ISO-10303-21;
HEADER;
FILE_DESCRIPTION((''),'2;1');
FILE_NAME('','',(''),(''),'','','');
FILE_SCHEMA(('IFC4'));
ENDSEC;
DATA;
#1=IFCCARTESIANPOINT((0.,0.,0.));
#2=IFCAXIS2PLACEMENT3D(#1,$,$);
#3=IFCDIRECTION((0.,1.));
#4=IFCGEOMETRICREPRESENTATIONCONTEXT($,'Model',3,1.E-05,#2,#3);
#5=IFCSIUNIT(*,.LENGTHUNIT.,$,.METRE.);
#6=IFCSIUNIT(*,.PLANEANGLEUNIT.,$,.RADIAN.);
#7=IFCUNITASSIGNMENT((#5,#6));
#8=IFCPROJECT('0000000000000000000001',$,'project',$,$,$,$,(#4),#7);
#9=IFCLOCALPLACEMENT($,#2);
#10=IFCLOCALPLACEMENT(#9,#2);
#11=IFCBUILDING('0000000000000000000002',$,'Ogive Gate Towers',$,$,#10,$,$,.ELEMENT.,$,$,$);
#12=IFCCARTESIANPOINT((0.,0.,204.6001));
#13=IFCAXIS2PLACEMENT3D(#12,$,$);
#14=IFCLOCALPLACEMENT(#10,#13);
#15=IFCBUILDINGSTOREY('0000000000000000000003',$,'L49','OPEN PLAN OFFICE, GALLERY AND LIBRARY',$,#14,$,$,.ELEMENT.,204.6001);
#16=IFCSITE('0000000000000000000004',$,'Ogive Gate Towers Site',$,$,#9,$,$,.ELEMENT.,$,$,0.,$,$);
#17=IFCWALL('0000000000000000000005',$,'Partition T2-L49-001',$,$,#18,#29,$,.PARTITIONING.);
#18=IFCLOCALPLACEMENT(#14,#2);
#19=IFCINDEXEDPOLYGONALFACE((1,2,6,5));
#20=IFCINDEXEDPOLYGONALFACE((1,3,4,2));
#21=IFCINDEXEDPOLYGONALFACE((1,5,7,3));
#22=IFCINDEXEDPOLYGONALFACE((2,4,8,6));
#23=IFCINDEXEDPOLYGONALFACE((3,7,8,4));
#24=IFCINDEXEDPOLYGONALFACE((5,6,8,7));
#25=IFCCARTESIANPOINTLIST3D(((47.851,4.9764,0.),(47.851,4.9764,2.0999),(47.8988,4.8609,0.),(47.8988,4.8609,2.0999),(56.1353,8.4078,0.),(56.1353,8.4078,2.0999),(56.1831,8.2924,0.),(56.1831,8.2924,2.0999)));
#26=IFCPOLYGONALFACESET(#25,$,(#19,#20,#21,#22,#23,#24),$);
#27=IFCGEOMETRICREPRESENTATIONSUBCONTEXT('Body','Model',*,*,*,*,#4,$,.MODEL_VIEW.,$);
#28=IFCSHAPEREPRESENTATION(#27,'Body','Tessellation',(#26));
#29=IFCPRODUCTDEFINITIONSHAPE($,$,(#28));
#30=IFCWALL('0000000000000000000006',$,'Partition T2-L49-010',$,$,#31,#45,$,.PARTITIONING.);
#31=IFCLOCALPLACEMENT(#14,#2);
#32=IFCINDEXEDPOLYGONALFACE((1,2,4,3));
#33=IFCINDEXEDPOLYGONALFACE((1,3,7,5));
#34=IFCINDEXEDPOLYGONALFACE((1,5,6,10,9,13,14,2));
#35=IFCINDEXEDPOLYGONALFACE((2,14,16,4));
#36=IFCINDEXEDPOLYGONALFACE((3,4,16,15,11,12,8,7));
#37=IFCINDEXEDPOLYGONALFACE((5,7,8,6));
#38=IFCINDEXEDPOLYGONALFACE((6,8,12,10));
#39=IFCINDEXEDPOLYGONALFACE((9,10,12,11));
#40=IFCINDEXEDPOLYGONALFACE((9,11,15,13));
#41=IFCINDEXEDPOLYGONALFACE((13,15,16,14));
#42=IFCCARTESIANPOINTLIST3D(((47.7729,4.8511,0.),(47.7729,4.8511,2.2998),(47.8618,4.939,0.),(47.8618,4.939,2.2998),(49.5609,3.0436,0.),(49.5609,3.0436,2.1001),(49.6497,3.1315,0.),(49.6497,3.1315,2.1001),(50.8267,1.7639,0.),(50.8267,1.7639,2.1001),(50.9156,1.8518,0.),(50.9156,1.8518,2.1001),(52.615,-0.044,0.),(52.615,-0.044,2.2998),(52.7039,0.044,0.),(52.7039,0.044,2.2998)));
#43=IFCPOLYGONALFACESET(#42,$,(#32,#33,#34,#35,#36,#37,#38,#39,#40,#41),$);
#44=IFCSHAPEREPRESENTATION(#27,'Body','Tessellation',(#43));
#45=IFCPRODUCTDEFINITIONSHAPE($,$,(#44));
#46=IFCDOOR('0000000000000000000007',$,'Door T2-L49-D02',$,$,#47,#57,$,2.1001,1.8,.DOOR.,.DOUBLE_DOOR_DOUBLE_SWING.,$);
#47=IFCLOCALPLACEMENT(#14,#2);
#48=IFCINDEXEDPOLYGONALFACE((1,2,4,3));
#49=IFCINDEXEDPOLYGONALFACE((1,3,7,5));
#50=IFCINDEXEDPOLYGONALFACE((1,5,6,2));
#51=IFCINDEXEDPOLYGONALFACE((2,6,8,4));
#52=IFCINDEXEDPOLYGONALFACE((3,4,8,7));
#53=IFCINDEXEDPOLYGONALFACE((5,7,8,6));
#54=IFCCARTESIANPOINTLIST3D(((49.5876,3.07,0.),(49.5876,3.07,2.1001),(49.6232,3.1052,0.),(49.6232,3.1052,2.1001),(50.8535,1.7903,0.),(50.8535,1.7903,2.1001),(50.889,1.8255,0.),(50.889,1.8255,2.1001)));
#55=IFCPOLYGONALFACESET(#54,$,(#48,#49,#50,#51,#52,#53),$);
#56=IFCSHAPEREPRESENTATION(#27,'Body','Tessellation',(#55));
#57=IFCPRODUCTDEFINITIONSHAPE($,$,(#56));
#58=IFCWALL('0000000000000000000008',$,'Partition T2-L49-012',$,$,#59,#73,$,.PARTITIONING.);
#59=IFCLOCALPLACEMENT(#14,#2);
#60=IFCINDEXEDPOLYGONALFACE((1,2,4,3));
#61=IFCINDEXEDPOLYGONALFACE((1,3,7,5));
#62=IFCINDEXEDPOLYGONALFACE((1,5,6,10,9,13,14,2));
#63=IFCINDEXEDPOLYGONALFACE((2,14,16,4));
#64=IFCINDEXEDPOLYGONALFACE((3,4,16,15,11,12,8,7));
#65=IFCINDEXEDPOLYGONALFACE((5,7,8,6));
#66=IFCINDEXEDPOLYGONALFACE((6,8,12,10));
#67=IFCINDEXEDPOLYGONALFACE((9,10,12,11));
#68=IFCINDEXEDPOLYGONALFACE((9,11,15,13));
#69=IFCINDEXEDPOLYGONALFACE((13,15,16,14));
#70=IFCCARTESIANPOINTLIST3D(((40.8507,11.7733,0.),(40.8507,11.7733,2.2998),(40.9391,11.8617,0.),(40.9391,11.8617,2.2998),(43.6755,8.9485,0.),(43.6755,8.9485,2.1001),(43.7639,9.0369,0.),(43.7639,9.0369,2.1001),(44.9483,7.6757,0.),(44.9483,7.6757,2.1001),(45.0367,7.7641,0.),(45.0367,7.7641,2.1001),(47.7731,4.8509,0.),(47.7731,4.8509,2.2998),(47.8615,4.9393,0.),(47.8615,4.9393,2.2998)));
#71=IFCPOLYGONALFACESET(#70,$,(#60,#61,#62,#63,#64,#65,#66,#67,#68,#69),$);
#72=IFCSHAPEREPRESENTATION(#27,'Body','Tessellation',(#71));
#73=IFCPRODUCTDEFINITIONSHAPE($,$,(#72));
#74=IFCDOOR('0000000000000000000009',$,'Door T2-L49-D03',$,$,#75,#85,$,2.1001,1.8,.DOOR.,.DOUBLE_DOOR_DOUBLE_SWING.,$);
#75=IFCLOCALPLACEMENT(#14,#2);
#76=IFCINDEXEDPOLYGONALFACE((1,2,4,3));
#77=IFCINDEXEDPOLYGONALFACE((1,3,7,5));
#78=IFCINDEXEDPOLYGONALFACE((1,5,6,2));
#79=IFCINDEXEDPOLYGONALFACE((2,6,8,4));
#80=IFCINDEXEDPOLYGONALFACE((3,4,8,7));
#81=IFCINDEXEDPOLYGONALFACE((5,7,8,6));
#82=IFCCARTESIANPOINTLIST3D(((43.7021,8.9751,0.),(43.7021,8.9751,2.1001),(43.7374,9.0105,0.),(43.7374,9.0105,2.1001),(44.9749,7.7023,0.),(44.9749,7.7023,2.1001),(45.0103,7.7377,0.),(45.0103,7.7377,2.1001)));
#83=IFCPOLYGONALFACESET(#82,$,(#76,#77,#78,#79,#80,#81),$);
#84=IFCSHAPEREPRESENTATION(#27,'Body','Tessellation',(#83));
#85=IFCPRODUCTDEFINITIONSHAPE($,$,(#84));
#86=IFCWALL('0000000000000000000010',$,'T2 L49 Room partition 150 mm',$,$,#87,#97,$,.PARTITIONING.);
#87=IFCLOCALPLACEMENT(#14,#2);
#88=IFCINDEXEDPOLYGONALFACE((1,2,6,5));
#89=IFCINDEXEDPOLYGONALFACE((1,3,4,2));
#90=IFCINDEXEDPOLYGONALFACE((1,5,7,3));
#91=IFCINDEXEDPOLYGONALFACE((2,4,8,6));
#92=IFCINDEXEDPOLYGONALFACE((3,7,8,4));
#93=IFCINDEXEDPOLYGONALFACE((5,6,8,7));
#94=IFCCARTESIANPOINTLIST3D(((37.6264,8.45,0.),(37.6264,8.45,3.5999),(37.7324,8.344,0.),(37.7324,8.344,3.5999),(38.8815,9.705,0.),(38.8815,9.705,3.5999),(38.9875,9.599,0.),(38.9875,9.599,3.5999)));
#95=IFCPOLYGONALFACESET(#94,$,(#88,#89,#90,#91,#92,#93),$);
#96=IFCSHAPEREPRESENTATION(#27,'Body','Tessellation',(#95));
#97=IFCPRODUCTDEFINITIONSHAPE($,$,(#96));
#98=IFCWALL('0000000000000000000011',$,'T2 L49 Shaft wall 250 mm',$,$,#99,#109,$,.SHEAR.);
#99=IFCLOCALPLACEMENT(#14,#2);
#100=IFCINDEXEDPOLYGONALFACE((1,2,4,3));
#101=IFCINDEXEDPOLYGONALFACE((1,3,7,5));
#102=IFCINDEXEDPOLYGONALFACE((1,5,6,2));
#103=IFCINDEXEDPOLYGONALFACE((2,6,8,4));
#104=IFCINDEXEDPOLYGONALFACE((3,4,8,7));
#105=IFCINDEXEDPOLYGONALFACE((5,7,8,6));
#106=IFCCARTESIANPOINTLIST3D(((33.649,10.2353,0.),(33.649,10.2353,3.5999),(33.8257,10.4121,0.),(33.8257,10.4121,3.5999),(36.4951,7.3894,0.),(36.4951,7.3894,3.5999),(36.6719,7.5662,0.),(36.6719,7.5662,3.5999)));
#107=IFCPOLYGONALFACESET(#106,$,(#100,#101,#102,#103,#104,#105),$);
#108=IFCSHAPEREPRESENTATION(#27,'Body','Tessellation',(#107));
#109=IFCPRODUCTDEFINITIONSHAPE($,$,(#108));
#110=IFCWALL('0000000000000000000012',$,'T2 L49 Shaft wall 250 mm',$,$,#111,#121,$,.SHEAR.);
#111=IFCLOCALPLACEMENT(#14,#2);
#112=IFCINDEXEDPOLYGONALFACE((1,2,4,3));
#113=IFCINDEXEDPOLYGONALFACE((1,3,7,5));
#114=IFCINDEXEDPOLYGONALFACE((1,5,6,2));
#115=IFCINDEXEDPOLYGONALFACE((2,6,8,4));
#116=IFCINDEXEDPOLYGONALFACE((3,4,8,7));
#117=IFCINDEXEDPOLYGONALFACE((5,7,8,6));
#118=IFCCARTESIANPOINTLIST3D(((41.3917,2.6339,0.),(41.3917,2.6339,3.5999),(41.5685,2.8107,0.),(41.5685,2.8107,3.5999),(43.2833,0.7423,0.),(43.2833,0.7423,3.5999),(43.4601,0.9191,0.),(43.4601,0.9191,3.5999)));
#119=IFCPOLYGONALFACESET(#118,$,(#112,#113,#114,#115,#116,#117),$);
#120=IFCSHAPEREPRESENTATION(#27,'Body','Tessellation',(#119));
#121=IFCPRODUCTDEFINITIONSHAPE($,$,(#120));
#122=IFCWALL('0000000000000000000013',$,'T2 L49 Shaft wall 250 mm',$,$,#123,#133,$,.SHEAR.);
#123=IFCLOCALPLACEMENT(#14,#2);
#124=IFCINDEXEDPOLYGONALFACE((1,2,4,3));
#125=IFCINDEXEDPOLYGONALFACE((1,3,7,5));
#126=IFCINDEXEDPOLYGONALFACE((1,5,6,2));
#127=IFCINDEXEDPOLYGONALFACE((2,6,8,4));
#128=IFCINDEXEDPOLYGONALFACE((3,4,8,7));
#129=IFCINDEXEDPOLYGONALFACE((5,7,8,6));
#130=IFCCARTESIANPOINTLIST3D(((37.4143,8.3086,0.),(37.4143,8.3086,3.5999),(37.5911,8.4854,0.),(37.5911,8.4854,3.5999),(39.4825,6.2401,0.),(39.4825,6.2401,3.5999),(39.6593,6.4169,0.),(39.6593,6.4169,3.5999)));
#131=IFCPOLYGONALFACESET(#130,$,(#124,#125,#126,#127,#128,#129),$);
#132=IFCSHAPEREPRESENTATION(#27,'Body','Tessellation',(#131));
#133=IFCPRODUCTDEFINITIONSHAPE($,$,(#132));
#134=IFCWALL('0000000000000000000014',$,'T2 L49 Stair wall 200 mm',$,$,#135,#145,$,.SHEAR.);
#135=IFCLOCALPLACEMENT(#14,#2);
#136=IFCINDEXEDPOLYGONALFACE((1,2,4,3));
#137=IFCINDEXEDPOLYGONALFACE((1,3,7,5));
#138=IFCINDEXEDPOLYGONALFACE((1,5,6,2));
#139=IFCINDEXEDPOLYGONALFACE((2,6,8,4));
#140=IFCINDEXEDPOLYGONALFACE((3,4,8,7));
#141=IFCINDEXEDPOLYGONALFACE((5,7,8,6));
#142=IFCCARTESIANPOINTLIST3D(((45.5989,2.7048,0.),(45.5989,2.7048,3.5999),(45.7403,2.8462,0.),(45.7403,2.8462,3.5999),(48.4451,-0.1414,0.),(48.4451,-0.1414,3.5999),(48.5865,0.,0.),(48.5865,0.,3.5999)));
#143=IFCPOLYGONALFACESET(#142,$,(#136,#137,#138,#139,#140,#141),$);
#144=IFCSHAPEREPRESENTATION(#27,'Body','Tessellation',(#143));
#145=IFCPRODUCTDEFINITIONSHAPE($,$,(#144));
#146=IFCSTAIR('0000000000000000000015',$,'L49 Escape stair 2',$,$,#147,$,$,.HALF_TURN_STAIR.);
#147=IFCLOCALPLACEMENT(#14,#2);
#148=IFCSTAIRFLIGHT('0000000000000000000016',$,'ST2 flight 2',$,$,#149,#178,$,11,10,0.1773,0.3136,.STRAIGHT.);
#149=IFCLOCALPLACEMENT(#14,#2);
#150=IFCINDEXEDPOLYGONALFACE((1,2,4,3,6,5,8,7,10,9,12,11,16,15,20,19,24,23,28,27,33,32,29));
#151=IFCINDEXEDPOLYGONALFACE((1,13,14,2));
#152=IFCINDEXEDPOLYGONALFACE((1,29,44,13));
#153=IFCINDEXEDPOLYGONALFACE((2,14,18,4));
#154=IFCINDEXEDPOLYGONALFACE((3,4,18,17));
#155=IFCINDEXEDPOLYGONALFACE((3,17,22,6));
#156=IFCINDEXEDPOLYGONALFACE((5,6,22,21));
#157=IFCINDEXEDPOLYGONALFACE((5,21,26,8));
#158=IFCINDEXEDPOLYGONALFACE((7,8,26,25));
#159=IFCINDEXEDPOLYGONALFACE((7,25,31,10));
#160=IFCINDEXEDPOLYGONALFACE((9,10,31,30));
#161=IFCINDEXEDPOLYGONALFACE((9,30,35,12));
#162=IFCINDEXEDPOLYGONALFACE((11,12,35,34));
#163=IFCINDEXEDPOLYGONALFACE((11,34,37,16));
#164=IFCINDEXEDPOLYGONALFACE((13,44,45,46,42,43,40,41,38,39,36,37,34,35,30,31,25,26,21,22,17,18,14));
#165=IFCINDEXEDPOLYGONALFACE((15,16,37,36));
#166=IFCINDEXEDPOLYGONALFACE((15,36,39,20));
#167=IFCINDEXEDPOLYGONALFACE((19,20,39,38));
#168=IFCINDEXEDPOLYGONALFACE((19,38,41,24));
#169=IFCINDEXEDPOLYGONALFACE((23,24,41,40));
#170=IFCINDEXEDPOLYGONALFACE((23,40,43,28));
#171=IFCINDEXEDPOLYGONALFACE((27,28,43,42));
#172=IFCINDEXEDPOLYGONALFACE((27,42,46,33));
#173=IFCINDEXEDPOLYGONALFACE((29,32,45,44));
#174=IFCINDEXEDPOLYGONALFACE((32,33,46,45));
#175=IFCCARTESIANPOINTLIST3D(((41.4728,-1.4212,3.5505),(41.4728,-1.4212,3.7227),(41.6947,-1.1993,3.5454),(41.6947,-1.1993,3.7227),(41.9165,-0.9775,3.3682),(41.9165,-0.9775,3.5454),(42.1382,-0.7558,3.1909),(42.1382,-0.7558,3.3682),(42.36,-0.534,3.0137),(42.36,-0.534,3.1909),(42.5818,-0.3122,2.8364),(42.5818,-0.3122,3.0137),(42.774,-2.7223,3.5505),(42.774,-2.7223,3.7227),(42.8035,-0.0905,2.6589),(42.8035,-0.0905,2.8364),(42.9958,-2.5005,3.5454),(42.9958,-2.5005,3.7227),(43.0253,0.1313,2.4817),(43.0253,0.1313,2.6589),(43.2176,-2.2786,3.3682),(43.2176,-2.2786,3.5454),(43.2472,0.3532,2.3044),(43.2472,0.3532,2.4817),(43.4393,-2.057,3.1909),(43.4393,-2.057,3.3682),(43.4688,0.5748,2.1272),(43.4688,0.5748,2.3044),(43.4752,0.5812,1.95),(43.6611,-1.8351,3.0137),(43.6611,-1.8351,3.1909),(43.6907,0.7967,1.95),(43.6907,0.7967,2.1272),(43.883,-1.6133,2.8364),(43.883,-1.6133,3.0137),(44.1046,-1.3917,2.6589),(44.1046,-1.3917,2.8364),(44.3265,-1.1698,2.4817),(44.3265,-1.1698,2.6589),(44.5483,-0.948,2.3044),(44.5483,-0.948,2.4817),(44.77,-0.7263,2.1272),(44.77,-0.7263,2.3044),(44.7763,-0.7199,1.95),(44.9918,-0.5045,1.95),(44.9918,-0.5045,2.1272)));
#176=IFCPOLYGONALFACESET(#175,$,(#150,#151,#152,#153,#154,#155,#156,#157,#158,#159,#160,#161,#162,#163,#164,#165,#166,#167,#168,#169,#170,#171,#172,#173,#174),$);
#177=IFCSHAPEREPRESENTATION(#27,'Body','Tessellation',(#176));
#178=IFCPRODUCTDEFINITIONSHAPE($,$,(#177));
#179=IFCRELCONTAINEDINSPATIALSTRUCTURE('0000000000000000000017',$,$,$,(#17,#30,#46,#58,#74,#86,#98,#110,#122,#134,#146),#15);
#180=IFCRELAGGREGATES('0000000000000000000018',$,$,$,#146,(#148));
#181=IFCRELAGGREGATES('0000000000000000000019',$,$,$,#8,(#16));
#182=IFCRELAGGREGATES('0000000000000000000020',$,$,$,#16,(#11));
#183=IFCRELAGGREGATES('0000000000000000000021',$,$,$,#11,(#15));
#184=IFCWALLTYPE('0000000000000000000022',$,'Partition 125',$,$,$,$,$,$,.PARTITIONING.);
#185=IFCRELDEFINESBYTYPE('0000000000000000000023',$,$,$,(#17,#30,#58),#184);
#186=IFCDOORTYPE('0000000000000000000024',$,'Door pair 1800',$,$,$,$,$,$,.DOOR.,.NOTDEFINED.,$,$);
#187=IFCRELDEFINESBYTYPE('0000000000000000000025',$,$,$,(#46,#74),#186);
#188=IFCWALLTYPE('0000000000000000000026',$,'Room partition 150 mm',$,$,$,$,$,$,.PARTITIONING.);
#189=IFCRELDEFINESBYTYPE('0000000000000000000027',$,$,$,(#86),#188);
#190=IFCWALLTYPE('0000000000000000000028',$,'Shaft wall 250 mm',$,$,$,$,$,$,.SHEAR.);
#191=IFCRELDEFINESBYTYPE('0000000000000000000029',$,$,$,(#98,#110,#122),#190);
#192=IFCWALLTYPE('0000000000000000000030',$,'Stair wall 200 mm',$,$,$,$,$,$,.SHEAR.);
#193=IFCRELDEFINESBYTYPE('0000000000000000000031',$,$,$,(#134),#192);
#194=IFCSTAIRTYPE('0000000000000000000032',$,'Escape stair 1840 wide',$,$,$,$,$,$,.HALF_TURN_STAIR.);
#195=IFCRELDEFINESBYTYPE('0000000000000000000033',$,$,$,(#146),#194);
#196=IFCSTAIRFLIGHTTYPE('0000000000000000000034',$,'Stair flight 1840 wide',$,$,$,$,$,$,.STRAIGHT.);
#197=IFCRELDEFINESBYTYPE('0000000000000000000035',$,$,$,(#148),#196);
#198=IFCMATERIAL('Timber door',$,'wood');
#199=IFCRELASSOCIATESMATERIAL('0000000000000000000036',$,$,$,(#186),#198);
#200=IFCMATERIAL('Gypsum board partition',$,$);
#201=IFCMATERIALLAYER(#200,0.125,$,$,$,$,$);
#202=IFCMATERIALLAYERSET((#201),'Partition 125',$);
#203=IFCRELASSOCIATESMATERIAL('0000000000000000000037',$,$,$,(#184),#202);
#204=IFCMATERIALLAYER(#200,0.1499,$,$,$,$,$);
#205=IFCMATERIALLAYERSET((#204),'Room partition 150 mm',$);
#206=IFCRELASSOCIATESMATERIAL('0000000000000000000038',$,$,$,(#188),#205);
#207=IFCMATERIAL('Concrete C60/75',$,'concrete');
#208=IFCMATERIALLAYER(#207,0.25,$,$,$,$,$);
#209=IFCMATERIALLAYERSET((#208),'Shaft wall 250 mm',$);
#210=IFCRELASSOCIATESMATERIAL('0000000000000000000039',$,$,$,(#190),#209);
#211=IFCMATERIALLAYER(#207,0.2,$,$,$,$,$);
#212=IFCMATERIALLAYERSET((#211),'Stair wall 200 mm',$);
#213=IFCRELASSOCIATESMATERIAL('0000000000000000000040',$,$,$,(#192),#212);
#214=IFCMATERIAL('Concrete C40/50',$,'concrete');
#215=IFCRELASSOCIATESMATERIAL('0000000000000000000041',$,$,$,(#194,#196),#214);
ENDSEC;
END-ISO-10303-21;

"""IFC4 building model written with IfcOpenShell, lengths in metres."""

from ifc_helpers import new_model, si_unit, direction, frame, frame_2d, origin, place, context, subcontext, project, spatial, polyline, rectangle, outline, extrude, material, layer, layer_set, type_object, element, fill, aggregate, save


model = new_model("IFC4")

# Units and contexts
model_context = context("Model", 3, precision=1e-05, world=origin(), true_north=direction((0.0, 1.0)))
body_context = subcontext(model_context, "Body", "Model", "MODEL_VIEW")
ifc_project = project(units=[si_unit("LENGTHUNIT", "METRE"), si_unit("PLANEANGLEUNIT", "RADIAN")], contexts=[model_context])

# Site, building, storey
site_placement = place(None, origin())
site = spatial("IfcSite", under=ifc_project, at=site_placement, Name="Ogive Gate Towers Site", CompositionType="ELEMENT", RefElevation=0.0)
building_placement = place(site_placement, origin())
building = spatial("IfcBuilding", under=site, at=building_placement, Name="Ogive Gate Towers", CompositionType="ELEMENT")
storey_placement = place(building_placement, frame((0.0, 0.0, 204.6001)))
storey = spatial("IfcBuildingStorey", under=building, at=storey_placement, Name="L49", Description="OPEN PLAN OFFICE, GALLERY AND LIBRARY", CompositionType="ELEMENT", Elevation=204.6001)

# Shared definitions
ifc_material_1 = material(Name="Concrete C40/50", Category="concrete")

# Shared definitions
ifc_material_2 = material(Name="Timber door", Category="wood")
door_type_1 = type_object("IfcDoorType", Name="Door pair 1800", OperationType="NOTDEFINED", PredefinedType="DOOR", material=ifc_material_2)

# Shared definitions
ifc_material_3 = material(Name="Concrete C60/75", Category="concrete")

# Wall
ifc_material_4 = material(Name="Gypsum board partition")
ifc_layer_1 = layer(ifc_material_4, 0.125)
ifc_layer_set_1 = layer_set([ifc_layer_1], Name="Partition 125")
wall_type_1 = type_object("IfcWallType", Name="Partition 125", PredefinedType="PARTITIONING", material=ifc_layer_set_1)
wall_1_placement = place(storey_placement, frame((56.1592, 8.3501, 0.0), z_axis=(0.0, 0.0, 1.0), x_axis=(-0.92388, -0.382681, 0.0)))
element("IfcWall", 1, at=wall_1_placement, inside=storey, type_object=wall_type_1, Name="Partition T2-L49-001", PredefinedType="PARTITIONING", context=body_context, shape_type="SweptSolid", body=[
    extrude(rectangle(XDim=8.9668, YDim=0.125, at=frame_2d((4.4834, 0.0))), origin(), (0.0, 0.0, 1.0), 2.0999),
])

# Walls, openings, doors
wall_2_placement = place(storey_placement, frame((52.6594, 0.0, 0.0), z_axis=(0.0, 0.0, 1.0), x_axis=(-0.703249, 0.710944, 0.0)))
wall_2 = element("IfcWall", 2, at=wall_2_placement, inside=storey, type_object=wall_type_1, Name="Partition T2-L49-010", PredefinedType="PARTITIONING", context=body_context, shape_type="SweptSolid", body=[
    extrude(rectangle(XDim=6.8853, YDim=0.125, at=frame_2d((3.4426, 0.0))), origin(), (0.0, 0.0, 1.0), 2.2998),
])
opening_1_placement = place(wall_2_placement, frame((2.543, 0.0, 0.0)))
opening_1 = element("IfcOpeningElement", 3, at=opening_1_placement, cuts=wall_2, PredefinedType="OPENING", context=body_context, shape_type="SweptSolid", body=[
    extrude(rectangle(XDim=1.8, YDim=2.1001, at=frame_2d((0.8999, 1.05))), frame((0.0, 0.0725, 0.0), z_axis=(0.0, -1.0, 0.0), x_axis=(1.0, 0.0, 0.0)), (0.0, 0.0, 1.0), 0.145),
])
door_1_placement = place(opening_1_placement, origin())
door_1 = element("IfcDoor", 4, at=door_1_placement, inside=storey, type_object=door_type_1, Name="Door T2-L49-D02", OperationType="DOUBLE_DOOR_DOUBLE_SWING", OverallHeight=2.1001, OverallWidth=1.8, PredefinedType="DOOR", context=body_context, shape_type="SweptSolid", body=[
    extrude(rectangle(XDim=1.8, YDim=2.1001, at=frame_2d((0.8999, 1.05))), frame((0.0, 0.0249, 0.0), z_axis=(0.0, -1.0, 0.0), x_axis=(1.0, 0.0, 0.0)), (0.0, 0.0, 1.0), 0.05),
])
fill(opening_1, door_1)
wall_3_placement = place(storey_placement, frame((47.8174, 4.895, 0.0), z_axis=(0.0, 0.0, 1.0), x_axis=(-0.707107, 0.707107, 0.0)))
wall_3 = element("IfcWall", 5, at=wall_3_placement, inside=storey, type_object=wall_type_1, Name="Partition T2-L49-012", PredefinedType="PARTITIONING", context=body_context, shape_type="SweptSolid", body=[
    extrude(rectangle(XDim=9.7898, YDim=0.125, at=frame_2d((4.895, 0.0))), origin(), (0.0, 0.0, 1.0), 2.2998),
])
opening_2_placement = place(wall_3_placement, frame((3.9951, 0.0, 0.0)))
opening_2 = element("IfcOpeningElement", 6, at=opening_2_placement, cuts=wall_3, PredefinedType="OPENING", context=body_context, shape_type="SweptSolid", body=[
    extrude(rectangle(XDim=1.8, YDim=2.1001, at=frame_2d((0.8999, 1.05))), frame((0.0, 0.0725, 0.0), z_axis=(0.0, -1.0, 0.0), x_axis=(1.0, 0.0, 0.0)), (0.0, 0.0, 1.0), 0.145),
])
door_2_placement = place(opening_2_placement, origin())
door_2 = element("IfcDoor", 7, at=door_2_placement, inside=storey, type_object=door_type_1, Name="Door T2-L49-D03", OperationType="DOUBLE_DOOR_DOUBLE_SWING", OverallHeight=2.1001, OverallWidth=1.8, PredefinedType="DOOR", context=body_context, shape_type="SweptSolid", body=[
    extrude(rectangle(XDim=1.8, YDim=2.1001, at=frame_2d((0.8999, 1.05))), frame((0.0, 0.0249, 0.0), z_axis=(0.0, -1.0, 0.0), x_axis=(1.0, 0.0, 0.0)), (0.0, 0.0, 1.0), 0.05),
])
fill(opening_2, door_2)

# Walls
ifc_layer_2 = layer(ifc_material_4, 0.1499)
ifc_layer_set_2 = layer_set([ifc_layer_2], Name="Room partition 150 mm")
wall_type_2 = type_object("IfcWallType", Name="Room partition 150 mm", PredefinedType="PARTITIONING", material=ifc_layer_set_2)
wall_4_placement = place(storey_placement, frame((37.6794, 8.397, 0.0), z_axis=(0.0, 0.0, 1.0), x_axis=(0.707107, 0.707107, 0.0)))
element("IfcWall", 8, at=wall_4_placement, inside=storey, type_object=wall_type_2, Name="T2 L49 Room partition 150 mm", PredefinedType="PARTITIONING", context=body_context, shape_type="SweptSolid", body=[
    extrude(rectangle(XDim=1.7749, YDim=0.1499, at=frame_2d((0.8875, 0.0))), origin(), (0.0, 0.0, 1.0), 3.5999),
])
ifc_layer_3 = layer(ifc_material_3, 0.25)
ifc_layer_set_3 = layer_set([ifc_layer_3], Name="Shaft wall 250 mm")
wall_type_3 = type_object("IfcWallType", Name="Shaft wall 250 mm", PredefinedType="SHEAR", material=ifc_layer_set_3)
wall_5_placement = place(storey_placement, frame((36.5835, 7.4778, 0.0), z_axis=(0.0, 0.0, 1.0), x_axis=(-0.707137, 0.707076, 0.0)))
element("IfcWall", 9, at=wall_5_placement, inside=storey, type_object=wall_type_3, Name="T2 L49 Shaft wall 250 mm", PredefinedType="SHEAR", context=body_context, shape_type="SweptSolid", body=[
    extrude(rectangle(XDim=4.0249, YDim=0.25, at=frame_2d((2.0125, 0.0))), origin(), (0.0, 0.0, 1.0), 3.5999),
])
wall_6_placement = place(storey_placement, frame((43.3716, 0.8308, 0.0), z_axis=(0.0, 0.0, 1.0), x_axis=(-0.707107, 0.707107, 0.0)))
element("IfcWall", 10, at=wall_6_placement, inside=storey, type_object=wall_type_3, Name="T2 L49 Shaft wall 250 mm", PredefinedType="SHEAR", context=body_context, shape_type="SweptSolid", body=[
    extrude(rectangle(XDim=2.675, YDim=0.25, at=frame_2d((1.3374, 0.0))), origin(), (0.0, 0.0, 1.0), 3.5999),
])
wall_7_placement = place(storey_placement, frame((39.5708, 6.3286, 0.0), z_axis=(0.0, 0.0, 1.0), x_axis=(-0.707065, 0.707149, 0.0)))
element("IfcWall", 11, at=wall_7_placement, inside=storey, type_object=wall_type_3, Name="T2 L49 Shaft wall 250 mm", PredefinedType="SHEAR", context=body_context, shape_type="SweptSolid", body=[
    extrude(rectangle(XDim=2.925, YDim=0.25, at=frame_2d((1.4624, 0.0))), origin(), (0.0, 0.0, 1.0), 3.5999),
])
ifc_layer_4 = layer(ifc_material_3, 0.2)
ifc_layer_set_4 = layer_set([ifc_layer_4], Name="Stair wall 200 mm")
wall_type_4 = type_object("IfcWallType", Name="Stair wall 200 mm", PredefinedType="SHEAR", material=ifc_layer_set_4)
wall_8_placement = place(storey_placement, frame((48.5159, -0.0708, 0.0), z_axis=(0.0, 0.0, 1.0), x_axis=(-0.707107, 0.707107, 0.0)))
element("IfcWall", 12, at=wall_8_placement, inside=storey, type_object=wall_type_4, Name="T2 L49 Stair wall 200 mm", PredefinedType="SHEAR", context=body_context, shape_type="SweptSolid", body=[
    extrude(rectangle(XDim=4.0251, YDim=0.2, at=frame_2d((2.0127, 0.0))), origin(), (0.0, 0.0, 1.0), 3.5999),
])

# Stair, stair flight
stair_type = type_object("IfcStairType", Name="Escape stair 1840 wide", PredefinedType="HALF_TURN_STAIR", material=ifc_material_1)
stair_placement = place(storey_placement, origin())
stair = element("IfcStair", 13, at=stair_placement, inside=storey, type_object=stair_type, Name="L49 Escape stair 2", PredefinedType="HALF_TURN_STAIR")
stair_flight_type = type_object("IfcStairFlightType", Name="Stair flight 1840 wide", PredefinedType="STRAIGHT", material=ifc_material_1)
stair_flight_placement = place(storey_placement, frame((44.3413, 0.146, 1.95), z_axis=(0.0, 0.0, 1.0), x_axis=(-0.707107, -0.707107, 0.0)))
stair_flight = element("IfcStairFlight", 14, at=stair_flight_placement, type_object=stair_flight_type, Name="ST2 flight 2", NumberOfRisers=11, NumberOfTreads=10, PredefinedType="STRAIGHT", RiserHeight=0.1773, TreadLength=0.3136, context=body_context, shape_type="SweptSolid", body=[
    extrude(outline(polyline([(0.0, 0.0), (0.0, 0.1772), (0.3137, 0.1772), (0.3137, 0.3545), (0.6272, 0.3545), (0.6272, 0.5317), (0.9409, 0.5317), (0.9409, 0.709), (1.2546, 0.709), (1.2546, 0.8865), (1.5681, 0.8865), (1.5681, 1.0637), (1.8818, 1.0637), (1.8818, 1.241), (2.1956, 1.241), (2.1956, 1.4182), (2.509, 1.4182), (2.509, 1.5955), (2.8228, 1.5955), (2.8228, 1.7727), (3.1365, 1.7727), (3.1365, 1.95), (3.1365, 1.6006), (0.3047, 0.0), (0.0, 0.0)])), frame((0.0, 0.9199, 0.0), z_axis=(0.0, -1.0, 0.0), x_axis=(1.0, 0.0, 0.0)), (0.0, 0.0, 1.0), 1.8401),
])
aggregate(stair, [stair_flight])

save(model, "model.ifc")
